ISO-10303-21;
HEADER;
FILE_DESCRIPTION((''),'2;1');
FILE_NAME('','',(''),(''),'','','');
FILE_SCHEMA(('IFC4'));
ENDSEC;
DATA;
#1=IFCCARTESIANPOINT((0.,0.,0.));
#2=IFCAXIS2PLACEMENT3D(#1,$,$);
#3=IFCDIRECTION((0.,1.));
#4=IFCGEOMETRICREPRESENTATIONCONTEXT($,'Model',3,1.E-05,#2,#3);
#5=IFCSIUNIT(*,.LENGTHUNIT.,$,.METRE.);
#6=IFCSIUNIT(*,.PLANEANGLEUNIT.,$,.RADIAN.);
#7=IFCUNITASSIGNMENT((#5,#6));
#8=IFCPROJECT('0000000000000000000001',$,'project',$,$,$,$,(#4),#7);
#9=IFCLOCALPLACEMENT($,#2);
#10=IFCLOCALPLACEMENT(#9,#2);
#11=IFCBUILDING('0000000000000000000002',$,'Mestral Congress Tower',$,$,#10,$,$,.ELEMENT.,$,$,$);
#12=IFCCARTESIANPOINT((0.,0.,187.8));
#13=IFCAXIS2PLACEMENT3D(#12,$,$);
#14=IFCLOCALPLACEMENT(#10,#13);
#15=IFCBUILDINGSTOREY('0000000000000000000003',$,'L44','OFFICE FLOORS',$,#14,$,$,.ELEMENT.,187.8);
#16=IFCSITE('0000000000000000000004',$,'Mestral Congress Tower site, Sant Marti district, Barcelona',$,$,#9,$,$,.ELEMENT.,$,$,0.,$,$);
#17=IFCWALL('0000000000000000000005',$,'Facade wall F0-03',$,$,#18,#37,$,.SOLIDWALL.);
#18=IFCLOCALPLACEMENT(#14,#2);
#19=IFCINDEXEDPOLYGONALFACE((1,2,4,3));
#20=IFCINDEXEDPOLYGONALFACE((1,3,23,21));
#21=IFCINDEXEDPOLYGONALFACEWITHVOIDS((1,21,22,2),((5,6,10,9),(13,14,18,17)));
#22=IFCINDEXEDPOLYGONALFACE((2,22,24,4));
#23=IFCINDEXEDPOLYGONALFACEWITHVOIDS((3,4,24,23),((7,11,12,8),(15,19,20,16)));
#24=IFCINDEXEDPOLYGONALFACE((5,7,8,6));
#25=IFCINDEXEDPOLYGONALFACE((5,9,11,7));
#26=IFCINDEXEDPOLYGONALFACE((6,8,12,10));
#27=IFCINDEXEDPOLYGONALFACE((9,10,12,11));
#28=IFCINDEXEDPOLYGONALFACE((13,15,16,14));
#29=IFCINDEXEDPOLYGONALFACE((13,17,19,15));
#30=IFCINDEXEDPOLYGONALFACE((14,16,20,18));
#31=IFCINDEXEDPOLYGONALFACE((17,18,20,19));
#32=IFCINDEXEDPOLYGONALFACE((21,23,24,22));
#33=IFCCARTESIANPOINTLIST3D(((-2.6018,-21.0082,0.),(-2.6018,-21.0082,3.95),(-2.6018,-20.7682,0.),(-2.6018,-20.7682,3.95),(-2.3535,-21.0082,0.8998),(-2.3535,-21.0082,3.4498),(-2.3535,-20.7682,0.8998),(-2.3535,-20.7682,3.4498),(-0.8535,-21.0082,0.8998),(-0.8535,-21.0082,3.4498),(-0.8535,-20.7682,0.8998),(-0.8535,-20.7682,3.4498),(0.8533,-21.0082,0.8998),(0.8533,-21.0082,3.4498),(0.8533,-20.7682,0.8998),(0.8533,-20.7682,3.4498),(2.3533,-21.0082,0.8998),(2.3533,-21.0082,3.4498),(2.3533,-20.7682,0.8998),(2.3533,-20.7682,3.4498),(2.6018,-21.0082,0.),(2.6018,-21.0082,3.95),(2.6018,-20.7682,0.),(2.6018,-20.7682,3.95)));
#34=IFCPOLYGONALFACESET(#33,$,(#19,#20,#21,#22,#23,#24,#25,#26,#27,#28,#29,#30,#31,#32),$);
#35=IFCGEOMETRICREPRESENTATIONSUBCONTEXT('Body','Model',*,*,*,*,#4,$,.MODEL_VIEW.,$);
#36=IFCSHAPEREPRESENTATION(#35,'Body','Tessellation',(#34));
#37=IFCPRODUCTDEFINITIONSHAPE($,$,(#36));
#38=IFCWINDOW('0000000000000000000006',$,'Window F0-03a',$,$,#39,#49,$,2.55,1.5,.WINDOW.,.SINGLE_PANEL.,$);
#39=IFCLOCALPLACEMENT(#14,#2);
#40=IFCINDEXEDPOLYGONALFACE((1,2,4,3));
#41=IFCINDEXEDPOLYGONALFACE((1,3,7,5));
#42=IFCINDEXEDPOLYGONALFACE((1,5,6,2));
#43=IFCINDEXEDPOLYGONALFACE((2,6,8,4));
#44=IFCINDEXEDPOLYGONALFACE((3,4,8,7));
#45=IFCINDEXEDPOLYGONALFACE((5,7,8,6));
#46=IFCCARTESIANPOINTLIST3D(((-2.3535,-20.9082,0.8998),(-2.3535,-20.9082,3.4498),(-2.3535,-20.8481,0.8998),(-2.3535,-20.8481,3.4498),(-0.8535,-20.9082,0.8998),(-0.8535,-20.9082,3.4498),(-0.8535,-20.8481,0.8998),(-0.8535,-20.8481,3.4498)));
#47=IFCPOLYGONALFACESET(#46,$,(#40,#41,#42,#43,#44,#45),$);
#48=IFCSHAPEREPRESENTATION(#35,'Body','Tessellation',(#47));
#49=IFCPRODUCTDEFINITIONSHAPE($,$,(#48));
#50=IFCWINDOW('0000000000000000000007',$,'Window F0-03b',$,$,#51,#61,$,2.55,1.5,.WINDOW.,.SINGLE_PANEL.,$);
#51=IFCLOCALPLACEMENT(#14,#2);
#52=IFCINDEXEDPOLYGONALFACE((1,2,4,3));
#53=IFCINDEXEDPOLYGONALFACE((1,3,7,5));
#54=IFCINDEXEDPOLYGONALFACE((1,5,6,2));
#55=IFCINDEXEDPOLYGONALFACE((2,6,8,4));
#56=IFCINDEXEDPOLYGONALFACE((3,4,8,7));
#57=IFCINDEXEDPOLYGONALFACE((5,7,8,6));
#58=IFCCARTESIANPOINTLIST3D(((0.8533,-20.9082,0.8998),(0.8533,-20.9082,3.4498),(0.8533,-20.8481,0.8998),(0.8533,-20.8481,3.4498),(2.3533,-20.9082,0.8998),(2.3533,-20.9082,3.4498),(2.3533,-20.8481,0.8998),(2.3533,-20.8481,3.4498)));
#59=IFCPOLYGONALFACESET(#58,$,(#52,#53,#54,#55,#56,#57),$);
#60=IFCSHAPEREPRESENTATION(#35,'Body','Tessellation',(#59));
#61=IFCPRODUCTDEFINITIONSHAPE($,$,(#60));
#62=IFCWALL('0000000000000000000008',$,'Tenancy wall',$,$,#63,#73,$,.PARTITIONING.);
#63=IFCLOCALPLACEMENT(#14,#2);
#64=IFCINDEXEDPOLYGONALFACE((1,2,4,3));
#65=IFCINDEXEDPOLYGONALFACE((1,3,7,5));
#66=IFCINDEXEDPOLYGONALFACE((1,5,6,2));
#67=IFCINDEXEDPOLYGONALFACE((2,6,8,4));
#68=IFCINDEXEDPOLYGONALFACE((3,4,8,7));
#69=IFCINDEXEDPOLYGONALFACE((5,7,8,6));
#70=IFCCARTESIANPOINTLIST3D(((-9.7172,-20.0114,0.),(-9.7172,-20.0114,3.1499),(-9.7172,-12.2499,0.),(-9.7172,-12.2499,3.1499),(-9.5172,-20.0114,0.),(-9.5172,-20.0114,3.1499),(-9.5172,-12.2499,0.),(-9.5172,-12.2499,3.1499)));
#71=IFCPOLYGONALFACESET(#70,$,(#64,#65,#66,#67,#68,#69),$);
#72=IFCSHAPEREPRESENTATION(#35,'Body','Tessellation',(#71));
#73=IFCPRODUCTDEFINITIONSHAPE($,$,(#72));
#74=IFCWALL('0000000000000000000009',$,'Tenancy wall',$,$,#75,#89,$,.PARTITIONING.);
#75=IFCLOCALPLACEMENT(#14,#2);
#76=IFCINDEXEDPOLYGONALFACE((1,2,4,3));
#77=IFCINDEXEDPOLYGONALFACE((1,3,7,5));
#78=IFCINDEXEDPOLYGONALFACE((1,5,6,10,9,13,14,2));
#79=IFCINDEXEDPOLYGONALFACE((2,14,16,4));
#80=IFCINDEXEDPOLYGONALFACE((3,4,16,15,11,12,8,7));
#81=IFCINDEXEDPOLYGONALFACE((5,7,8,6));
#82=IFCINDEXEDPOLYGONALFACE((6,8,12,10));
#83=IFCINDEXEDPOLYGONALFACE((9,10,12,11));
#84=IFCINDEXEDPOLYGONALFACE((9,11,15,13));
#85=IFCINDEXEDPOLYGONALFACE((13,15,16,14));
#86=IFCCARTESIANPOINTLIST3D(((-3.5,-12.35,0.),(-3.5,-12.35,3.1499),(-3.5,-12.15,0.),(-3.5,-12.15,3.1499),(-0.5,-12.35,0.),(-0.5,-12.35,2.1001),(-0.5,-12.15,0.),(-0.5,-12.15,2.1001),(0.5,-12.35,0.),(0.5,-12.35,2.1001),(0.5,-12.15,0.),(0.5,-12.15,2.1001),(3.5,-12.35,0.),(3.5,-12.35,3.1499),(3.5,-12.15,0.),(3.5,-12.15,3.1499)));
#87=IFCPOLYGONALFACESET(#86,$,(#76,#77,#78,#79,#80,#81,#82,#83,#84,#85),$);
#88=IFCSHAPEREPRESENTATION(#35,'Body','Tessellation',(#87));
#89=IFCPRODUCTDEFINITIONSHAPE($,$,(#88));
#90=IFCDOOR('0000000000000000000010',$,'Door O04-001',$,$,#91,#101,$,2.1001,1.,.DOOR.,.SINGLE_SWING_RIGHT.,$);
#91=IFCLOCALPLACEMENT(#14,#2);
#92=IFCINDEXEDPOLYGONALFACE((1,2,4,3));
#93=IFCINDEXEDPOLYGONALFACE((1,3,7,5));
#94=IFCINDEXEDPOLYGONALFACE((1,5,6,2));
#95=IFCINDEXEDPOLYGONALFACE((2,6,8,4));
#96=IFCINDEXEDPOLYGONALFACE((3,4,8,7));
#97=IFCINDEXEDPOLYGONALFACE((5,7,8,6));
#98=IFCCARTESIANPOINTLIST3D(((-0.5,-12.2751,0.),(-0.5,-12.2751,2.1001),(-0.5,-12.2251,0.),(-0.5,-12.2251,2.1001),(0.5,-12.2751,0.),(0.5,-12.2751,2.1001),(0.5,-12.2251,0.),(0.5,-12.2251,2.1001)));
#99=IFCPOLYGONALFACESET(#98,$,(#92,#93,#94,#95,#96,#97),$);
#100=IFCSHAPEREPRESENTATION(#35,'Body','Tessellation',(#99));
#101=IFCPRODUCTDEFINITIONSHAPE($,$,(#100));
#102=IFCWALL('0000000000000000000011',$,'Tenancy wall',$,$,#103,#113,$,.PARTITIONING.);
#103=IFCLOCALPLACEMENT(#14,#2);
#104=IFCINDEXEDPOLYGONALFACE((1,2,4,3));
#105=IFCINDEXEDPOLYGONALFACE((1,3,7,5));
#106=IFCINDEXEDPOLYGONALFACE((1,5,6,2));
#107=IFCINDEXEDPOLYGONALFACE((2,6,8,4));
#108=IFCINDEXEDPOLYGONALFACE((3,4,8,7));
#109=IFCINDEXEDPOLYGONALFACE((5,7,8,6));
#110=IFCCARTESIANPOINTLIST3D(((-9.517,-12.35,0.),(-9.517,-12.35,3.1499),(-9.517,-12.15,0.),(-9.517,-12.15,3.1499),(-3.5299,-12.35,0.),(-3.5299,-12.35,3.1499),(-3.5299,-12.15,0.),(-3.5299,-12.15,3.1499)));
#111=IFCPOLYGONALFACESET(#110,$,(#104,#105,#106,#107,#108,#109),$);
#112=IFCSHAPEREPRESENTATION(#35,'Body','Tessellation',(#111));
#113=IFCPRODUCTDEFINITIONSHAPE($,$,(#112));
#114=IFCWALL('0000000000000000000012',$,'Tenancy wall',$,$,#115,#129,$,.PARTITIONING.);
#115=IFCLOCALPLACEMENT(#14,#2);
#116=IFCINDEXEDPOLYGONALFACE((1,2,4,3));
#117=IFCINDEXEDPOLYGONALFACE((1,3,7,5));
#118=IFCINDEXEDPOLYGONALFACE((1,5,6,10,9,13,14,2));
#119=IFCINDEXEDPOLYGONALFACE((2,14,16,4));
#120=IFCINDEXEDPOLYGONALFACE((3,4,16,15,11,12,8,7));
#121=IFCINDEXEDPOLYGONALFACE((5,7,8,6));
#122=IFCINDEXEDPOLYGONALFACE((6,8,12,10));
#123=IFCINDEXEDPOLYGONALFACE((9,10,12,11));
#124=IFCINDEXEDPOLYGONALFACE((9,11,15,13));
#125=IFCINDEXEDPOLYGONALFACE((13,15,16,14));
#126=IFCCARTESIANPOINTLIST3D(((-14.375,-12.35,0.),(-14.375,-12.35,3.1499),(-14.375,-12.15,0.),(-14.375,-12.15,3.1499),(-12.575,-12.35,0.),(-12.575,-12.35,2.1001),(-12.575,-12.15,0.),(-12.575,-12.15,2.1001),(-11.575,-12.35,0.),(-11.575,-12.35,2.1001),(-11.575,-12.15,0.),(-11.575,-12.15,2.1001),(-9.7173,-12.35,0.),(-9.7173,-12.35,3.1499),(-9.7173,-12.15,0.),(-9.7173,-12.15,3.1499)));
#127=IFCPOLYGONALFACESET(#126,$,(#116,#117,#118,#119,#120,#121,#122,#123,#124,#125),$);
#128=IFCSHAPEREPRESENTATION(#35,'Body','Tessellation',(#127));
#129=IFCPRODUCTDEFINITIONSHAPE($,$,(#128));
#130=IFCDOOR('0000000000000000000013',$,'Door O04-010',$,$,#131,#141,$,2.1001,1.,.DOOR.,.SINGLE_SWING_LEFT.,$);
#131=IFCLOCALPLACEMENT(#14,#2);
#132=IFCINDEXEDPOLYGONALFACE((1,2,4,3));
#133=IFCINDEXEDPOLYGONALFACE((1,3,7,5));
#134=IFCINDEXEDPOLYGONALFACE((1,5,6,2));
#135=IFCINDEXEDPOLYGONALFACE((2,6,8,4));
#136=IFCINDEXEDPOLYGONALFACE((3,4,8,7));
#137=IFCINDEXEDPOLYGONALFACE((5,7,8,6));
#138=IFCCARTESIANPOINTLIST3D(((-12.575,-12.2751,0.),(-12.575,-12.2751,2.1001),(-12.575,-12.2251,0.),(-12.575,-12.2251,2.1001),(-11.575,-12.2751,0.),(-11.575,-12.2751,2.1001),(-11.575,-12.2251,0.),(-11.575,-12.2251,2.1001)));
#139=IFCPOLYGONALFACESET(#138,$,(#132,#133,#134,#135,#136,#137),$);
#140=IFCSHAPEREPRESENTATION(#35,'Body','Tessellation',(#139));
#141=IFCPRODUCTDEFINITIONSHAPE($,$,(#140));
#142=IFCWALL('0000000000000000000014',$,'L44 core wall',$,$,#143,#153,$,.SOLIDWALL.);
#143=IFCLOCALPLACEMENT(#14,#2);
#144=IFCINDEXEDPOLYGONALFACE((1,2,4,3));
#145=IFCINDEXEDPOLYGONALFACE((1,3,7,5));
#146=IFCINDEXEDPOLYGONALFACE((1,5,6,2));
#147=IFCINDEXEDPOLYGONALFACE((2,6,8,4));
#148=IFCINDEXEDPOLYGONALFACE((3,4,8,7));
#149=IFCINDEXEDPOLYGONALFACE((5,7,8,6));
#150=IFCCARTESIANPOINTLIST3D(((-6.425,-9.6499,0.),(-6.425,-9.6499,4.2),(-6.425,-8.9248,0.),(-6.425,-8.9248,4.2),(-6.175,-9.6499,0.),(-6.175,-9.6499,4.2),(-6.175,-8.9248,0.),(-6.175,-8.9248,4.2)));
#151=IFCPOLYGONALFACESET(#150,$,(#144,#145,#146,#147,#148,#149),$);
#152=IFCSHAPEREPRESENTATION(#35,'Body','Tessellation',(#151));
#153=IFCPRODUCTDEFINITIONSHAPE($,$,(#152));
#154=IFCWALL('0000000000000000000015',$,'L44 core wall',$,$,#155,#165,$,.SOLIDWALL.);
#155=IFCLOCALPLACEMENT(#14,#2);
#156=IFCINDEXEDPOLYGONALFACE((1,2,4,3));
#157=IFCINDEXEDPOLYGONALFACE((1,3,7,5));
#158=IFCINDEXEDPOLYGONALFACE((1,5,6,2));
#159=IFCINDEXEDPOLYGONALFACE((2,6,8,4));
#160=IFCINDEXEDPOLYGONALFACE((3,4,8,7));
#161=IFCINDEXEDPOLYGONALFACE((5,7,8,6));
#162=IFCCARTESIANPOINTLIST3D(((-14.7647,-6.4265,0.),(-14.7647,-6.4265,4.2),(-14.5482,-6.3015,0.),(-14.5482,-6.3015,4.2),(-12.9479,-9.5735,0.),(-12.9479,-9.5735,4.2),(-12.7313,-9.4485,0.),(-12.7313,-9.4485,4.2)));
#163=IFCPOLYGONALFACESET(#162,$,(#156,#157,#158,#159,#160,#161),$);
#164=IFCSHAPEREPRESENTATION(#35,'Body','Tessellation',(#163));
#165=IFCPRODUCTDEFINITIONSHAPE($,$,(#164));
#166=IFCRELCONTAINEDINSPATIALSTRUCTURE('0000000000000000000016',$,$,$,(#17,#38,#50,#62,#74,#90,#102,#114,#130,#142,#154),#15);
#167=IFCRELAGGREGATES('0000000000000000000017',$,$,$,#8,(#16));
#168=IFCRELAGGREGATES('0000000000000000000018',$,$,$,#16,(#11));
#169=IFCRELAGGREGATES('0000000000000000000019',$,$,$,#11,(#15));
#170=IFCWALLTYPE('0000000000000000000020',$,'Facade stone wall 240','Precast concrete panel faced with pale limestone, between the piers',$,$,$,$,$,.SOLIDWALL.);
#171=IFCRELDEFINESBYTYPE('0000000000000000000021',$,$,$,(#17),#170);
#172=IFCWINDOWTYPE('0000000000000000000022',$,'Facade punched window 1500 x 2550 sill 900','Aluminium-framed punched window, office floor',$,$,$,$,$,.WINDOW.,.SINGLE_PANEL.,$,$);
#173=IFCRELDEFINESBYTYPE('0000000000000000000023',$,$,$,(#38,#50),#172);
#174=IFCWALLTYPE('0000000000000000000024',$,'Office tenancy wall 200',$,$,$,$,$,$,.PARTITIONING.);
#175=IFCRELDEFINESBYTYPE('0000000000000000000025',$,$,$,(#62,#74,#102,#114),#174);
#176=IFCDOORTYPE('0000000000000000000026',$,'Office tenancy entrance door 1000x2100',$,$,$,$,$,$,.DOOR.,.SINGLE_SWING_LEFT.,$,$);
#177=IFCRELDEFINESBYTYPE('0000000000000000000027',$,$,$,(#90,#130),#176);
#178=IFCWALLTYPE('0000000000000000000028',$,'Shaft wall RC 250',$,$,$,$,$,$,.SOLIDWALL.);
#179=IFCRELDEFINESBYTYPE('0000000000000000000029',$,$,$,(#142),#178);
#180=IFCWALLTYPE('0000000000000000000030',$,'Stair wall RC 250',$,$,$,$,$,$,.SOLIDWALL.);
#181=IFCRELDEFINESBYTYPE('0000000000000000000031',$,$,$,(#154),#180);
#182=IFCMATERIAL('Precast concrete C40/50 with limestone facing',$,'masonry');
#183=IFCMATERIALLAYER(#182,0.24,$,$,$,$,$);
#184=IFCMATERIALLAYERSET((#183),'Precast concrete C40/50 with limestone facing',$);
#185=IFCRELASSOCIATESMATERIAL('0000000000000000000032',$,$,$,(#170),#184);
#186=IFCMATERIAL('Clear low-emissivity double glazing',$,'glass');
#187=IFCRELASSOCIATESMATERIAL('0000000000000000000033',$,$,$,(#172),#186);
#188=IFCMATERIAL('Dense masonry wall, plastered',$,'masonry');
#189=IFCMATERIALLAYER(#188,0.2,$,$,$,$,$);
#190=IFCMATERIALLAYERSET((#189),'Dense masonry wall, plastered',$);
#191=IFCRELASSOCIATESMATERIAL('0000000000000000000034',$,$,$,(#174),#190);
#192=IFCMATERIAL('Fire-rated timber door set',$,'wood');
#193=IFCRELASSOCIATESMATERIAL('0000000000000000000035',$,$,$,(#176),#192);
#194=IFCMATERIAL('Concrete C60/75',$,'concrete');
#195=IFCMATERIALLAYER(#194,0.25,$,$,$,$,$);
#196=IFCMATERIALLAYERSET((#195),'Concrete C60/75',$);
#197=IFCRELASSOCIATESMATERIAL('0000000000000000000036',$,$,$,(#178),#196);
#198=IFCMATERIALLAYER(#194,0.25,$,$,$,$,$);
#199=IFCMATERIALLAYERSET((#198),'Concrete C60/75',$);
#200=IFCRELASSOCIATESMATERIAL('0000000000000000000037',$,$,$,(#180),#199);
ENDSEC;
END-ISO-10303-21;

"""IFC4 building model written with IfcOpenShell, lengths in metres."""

from ifc_helpers import new_model, si_unit, direction, frame, frame_2d, origin, place, context, subcontext, project, spatial, rectangle, extrude, material, layer, layer_set, type_object, element, fill, save


model = new_model("IFC4")

# Units and contexts
model_context = context("Model", 3, precision=1e-05, world=origin(), true_north=direction((0.0, 1.0)))
body_context = subcontext(model_context, "Body", "Model", "MODEL_VIEW")
ifc_project = project(units=[si_unit("LENGTHUNIT", "METRE"), si_unit("PLANEANGLEUNIT", "RADIAN")], contexts=[model_context])

# Site, building, storey
site_placement = place(None, origin())
site = spatial("IfcSite", under=ifc_project, at=site_placement, Name="Mestral Congress Tower site, Sant Marti district, Barcelona", CompositionType="ELEMENT", RefElevation=0.0)
building_placement = place(site_placement, origin())
building = spatial("IfcBuilding", under=site, at=building_placement, Name="Mestral Congress Tower", CompositionType="ELEMENT")
storey_placement = place(building_placement, frame((0.0, 0.0, 187.8)))
storey = spatial("IfcBuildingStorey", under=building, at=storey_placement, Name="L44", Description="OFFICE FLOORS", CompositionType="ELEMENT", Elevation=187.8)

# Shared definitions
ifc_material_1 = material(Name="Concrete C60/75", Category="concrete")

# Wall, openings, windows
ifc_material_2 = material(Name="Precast concrete C40/50 with limestone facing", Category="masonry")
ifc_layer_1 = layer(ifc_material_2, 0.24)
ifc_layer_set_1 = layer_set([ifc_layer_1], Name="Precast concrete C40/50 with limestone facing")
wall_type_1 = type_object("IfcWallType", Name="Facade stone wall 240", Description="Precast concrete panel faced with pale limestone, between the piers", PredefinedType="SOLIDWALL", material=ifc_layer_set_1)
ifc_material_3 = material(Name="Clear low-emissivity double glazing", Category="glass")
window_type = type_object("IfcWindowType", Name="Facade punched window 1500 x 2550 sill 900", Description="Aluminium-framed punched window, office floor", PartitioningType="SINGLE_PANEL", PredefinedType="WINDOW", material=ifc_material_3)
wall_1_placement = place(storey_placement, frame((-2.6018, -20.8882, 0.0), z_axis=(0.0, 0.0, 1.0), x_axis=(1.0, 0.0, 0.0)))
wall_1 = element("IfcWall", 1, at=wall_1_placement, inside=storey, type_object=wall_type_1, Name="Facade wall F0-03", PredefinedType="SOLIDWALL", context=body_context, shape_type="SweptSolid", body=[
    extrude(rectangle(XDim=5.2036, YDim=0.24, at=frame_2d((2.6018, 0.0))), origin(), (0.0, 0.0, 1.0), 3.95),
])
opening_1_placement = place(wall_1_placement, frame((0.2483, 0.0, 0.8999)))
opening_1 = element("IfcOpeningElement", 2, at=opening_1_placement, cuts=wall_1, PredefinedType="OPENING", context=body_context, shape_type="SweptSolid", body=[
    extrude(rectangle(XDim=1.5, YDim=2.55, at=frame_2d((0.75, 1.2749))), frame((0.0, 0.1299, 0.0), z_axis=(0.0, -1.0, 0.0), x_axis=(1.0, 0.0, 0.0)), (0.0, 0.0, 1.0), 0.26),
])
opening_2_placement = place(wall_1_placement, frame((3.4551, 0.0, 0.8999)))
opening_2 = element("IfcOpeningElement", 3, at=opening_2_placement, cuts=wall_1, PredefinedType="OPENING", context=body_context, shape_type="SweptSolid", body=[
    extrude(rectangle(XDim=1.5, YDim=2.55, at=frame_2d((0.75, 1.2749))), frame((0.0, 0.1299, 0.0), z_axis=(0.0, -1.0, 0.0), x_axis=(1.0, 0.0, 0.0)), (0.0, 0.0, 1.0), 0.26),
])
window_1_placement = place(opening_1_placement, origin())
window_1 = element("IfcWindow", 4, at=window_1_placement, inside=storey, type_object=window_type, Name="Window F0-03a", OverallHeight=2.55, OverallWidth=1.5, PartitioningType="SINGLE_PANEL", PredefinedType="WINDOW", context=body_context, shape_type="SweptSolid", body=[
    extrude(rectangle(XDim=1.5, YDim=2.55, at=frame_2d((0.75, 1.2749))), frame((0.0, 0.04, 0.0), z_axis=(0.0, -1.0, 0.0), x_axis=(1.0, 0.0, 0.0)), (0.0, 0.0, 1.0), 0.0601),
])
fill(opening_1, window_1)
window_2_placement = place(opening_2_placement, origin())
window_2 = element("IfcWindow", 5, at=window_2_placement, inside=storey, type_object=window_type, Name="Window F0-03b", OverallHeight=2.55, OverallWidth=1.5, PartitioningType="SINGLE_PANEL", PredefinedType="WINDOW", context=body_context, shape_type="SweptSolid", body=[
    extrude(rectangle(XDim=1.5, YDim=2.55, at=frame_2d((0.75, 1.2749))), frame((0.0, 0.04, 0.0), z_axis=(0.0, -1.0, 0.0), x_axis=(1.0, 0.0, 0.0)), (0.0, 0.0, 1.0), 0.0601),
])
fill(opening_2, window_2)

# Wall
ifc_material_4 = material(Name="Dense masonry wall, plastered", Category="masonry")
ifc_layer_2 = layer(ifc_material_4, 0.2)
ifc_layer_set_2 = layer_set([ifc_layer_2], Name="Dense masonry wall, plastered")
wall_type_2 = type_object("IfcWallType", Name="Office tenancy wall 200", PredefinedType="PARTITIONING", material=ifc_layer_set_2)
wall_2_placement = place(storey_placement, frame((-9.6172, -20.0115, 0.0), z_axis=(0.0, 0.0, 1.0), x_axis=(0.0, 1.0, 0.0)))
element("IfcWall", 6, at=wall_2_placement, inside=storey, type_object=wall_type_2, Name="Tenancy wall", PredefinedType="PARTITIONING", context=body_context, shape_type="SweptSolid", body=[
    extrude(rectangle(XDim=7.7615, YDim=0.2, at=frame_2d((3.8809, 0.0))), origin(), (0.0, 0.0, 1.0), 3.1499),
])

# Wall, opening, door
wall_3_placement = place(storey_placement, frame((-3.5, -12.25, 0.0), z_axis=(0.0, 0.0, 1.0), x_axis=(1.0, 0.0, 0.0)))
wall_3 = element("IfcWall", 7, at=wall_3_placement, inside=storey, type_object=wall_type_2, Name="Tenancy wall", PredefinedType="PARTITIONING", context=body_context, shape_type="SweptSolid", body=[
    extrude(rectangle(XDim=7.0, YDim=0.2, at=frame_2d((3.5, 0.0))), origin(), (0.0, 0.0, 1.0), 3.1499),
])
opening_3_placement = place(wall_3_placement, frame((3.0, 0.0, 0.0)))
opening_3 = element("IfcOpeningElement", 8, at=opening_3_placement, cuts=wall_3, PredefinedType="OPENING", context=body_context, shape_type="SweptSolid", body=[
    extrude(rectangle(XDim=1.0, YDim=2.1001, at=frame_2d((0.5, 1.05))), frame((0.0, 0.1099, 0.0), z_axis=(0.0, -1.0, 0.0), x_axis=(1.0, 0.0, 0.0)), (0.0, 0.0, 1.0), 0.22),
])
ifc_material_5 = material(Name="Fire-rated timber door set", Category="wood")
door_type = type_object("IfcDoorType", Name="Office tenancy entrance door 1000x2100", OperationType="SINGLE_SWING_LEFT", PredefinedType="DOOR", material=ifc_material_5)
door_1_placement = place(opening_3_placement, origin())
door_1 = element("IfcDoor", 9, at=door_1_placement, inside=storey, type_object=door_type, Name="Door O04-001", OperationType="SINGLE_SWING_RIGHT", OverallHeight=2.1001, OverallWidth=1.0, PredefinedType="DOOR", context=body_context, shape_type="SweptSolid", body=[
    extrude(rectangle(XDim=1.0, YDim=2.1001, at=frame_2d((0.5, 1.05))), frame((0.0, 0.0249, 0.0), z_axis=(0.0, -1.0, 0.0), x_axis=(1.0, 0.0, 0.0)), (0.0, 0.0, 1.0), 0.05),
])
fill(opening_3, door_1)

# Wall
wall_4_placement = place(storey_placement, frame((-9.5171, -12.25, 0.0), z_axis=(0.0, 0.0, 1.0), x_axis=(1.0, 0.0, 0.0)))
element("IfcWall", 10, at=wall_4_placement, inside=storey, type_object=wall_type_2, Name="Tenancy wall", PredefinedType="PARTITIONING", context=body_context, shape_type="SweptSolid", body=[
    extrude(rectangle(XDim=5.9871, YDim=0.2, at=frame_2d((2.9937, 0.0))), origin(), (0.0, 0.0, 1.0), 3.1499),
])

# Wall, opening, door
wall_5_placement = place(storey_placement, frame((-14.375, -12.25, 0.0), z_axis=(0.0, 0.0, 1.0), x_axis=(1.0, 0.0, 0.0)))
wall_5 = element("IfcWall", 11, at=wall_5_placement, inside=storey, type_object=wall_type_2, Name="Tenancy wall", PredefinedType="PARTITIONING", context=body_context, shape_type="SweptSolid", body=[
    extrude(rectangle(XDim=4.6577, YDim=0.2, at=frame_2d((2.3289, 0.0))), origin(), (0.0, 0.0, 1.0), 3.1499),
])
opening_4_placement = place(wall_5_placement, frame((1.8, 0.0, 0.0)))
opening_4 = element("IfcOpeningElement", 12, at=opening_4_placement, cuts=wall_5, PredefinedType="OPENING", context=body_context, shape_type="SweptSolid", body=[
    extrude(rectangle(XDim=1.0, YDim=2.1001, at=frame_2d((0.5, 1.05))), frame((0.0, 0.1099, 0.0), z_axis=(0.0, -1.0, 0.0), x_axis=(1.0, 0.0, 0.0)), (0.0, 0.0, 1.0), 0.22),
])
door_2_placement = place(opening_4_placement, origin())
door_2 = element("IfcDoor", 13, at=door_2_placement, inside=storey, type_object=door_type, Name="Door O04-010", OperationType="SINGLE_SWING_LEFT", OverallHeight=2.1001, OverallWidth=1.0, PredefinedType="DOOR", context=body_context, shape_type="SweptSolid", body=[
    extrude(rectangle(XDim=1.0, YDim=2.1001, at=frame_2d((0.5, 1.05))), frame((0.0, 0.0249, 0.0), z_axis=(0.0, -1.0, 0.0), x_axis=(1.0, 0.0, 0.0)), (0.0, 0.0, 1.0), 0.05),
])
fill(opening_4, door_2)

# Walls
ifc_layer_3 = layer(ifc_material_1, 0.25)
ifc_layer_set_3 = layer_set([ifc_layer_3], Name="Concrete C60/75")
wall_type_3 = type_object("IfcWallType", Name="Shaft wall RC 250", PredefinedType="SOLIDWALL", material=ifc_layer_set_3)
wall_6_placement = place(storey_placement, frame((-6.3, -8.9248, 0.0), z_axis=(0.0, 0.0, 1.0), x_axis=(0.0, -1.0, 0.0)))
element("IfcWall", 14, at=wall_6_placement, inside=storey, type_object=wall_type_3, Name="L44 core wall", PredefinedType="SOLIDWALL", context=body_context, shape_type="SweptSolid", body=[
    extrude(rectangle(XDim=0.7251, YDim=0.25, at=frame_2d((0.3625, 0.0))), origin(), (0.0, 0.0, 1.0), 4.2),
])
ifc_layer_4 = layer(ifc_material_1, 0.25)
ifc_layer_set_4 = layer_set([ifc_layer_4], Name="Concrete C60/75")
wall_type_4 = type_object("IfcWallType", Name="Stair wall RC 250", PredefinedType="SOLIDWALL", material=ifc_layer_set_4)
wall_7_placement = place(storey_placement, frame((-12.8396, -9.511, 0.0), z_axis=(0.0, 0.0, 1.0), x_axis=(-0.499998, 0.866027, 0.0)))
element("IfcWall", 15, at=wall_7_placement, inside=storey, type_object=wall_type_4, Name="L44 core wall", PredefinedType="SOLIDWALL", context=body_context, shape_type="SweptSolid", body=[
    extrude(rectangle(XDim=3.6338, YDim=0.25, at=frame_2d((1.8169, 0.0))), origin(), (0.0, 0.0, 1.0), 4.2),
])

save(model, "model.ifc")
